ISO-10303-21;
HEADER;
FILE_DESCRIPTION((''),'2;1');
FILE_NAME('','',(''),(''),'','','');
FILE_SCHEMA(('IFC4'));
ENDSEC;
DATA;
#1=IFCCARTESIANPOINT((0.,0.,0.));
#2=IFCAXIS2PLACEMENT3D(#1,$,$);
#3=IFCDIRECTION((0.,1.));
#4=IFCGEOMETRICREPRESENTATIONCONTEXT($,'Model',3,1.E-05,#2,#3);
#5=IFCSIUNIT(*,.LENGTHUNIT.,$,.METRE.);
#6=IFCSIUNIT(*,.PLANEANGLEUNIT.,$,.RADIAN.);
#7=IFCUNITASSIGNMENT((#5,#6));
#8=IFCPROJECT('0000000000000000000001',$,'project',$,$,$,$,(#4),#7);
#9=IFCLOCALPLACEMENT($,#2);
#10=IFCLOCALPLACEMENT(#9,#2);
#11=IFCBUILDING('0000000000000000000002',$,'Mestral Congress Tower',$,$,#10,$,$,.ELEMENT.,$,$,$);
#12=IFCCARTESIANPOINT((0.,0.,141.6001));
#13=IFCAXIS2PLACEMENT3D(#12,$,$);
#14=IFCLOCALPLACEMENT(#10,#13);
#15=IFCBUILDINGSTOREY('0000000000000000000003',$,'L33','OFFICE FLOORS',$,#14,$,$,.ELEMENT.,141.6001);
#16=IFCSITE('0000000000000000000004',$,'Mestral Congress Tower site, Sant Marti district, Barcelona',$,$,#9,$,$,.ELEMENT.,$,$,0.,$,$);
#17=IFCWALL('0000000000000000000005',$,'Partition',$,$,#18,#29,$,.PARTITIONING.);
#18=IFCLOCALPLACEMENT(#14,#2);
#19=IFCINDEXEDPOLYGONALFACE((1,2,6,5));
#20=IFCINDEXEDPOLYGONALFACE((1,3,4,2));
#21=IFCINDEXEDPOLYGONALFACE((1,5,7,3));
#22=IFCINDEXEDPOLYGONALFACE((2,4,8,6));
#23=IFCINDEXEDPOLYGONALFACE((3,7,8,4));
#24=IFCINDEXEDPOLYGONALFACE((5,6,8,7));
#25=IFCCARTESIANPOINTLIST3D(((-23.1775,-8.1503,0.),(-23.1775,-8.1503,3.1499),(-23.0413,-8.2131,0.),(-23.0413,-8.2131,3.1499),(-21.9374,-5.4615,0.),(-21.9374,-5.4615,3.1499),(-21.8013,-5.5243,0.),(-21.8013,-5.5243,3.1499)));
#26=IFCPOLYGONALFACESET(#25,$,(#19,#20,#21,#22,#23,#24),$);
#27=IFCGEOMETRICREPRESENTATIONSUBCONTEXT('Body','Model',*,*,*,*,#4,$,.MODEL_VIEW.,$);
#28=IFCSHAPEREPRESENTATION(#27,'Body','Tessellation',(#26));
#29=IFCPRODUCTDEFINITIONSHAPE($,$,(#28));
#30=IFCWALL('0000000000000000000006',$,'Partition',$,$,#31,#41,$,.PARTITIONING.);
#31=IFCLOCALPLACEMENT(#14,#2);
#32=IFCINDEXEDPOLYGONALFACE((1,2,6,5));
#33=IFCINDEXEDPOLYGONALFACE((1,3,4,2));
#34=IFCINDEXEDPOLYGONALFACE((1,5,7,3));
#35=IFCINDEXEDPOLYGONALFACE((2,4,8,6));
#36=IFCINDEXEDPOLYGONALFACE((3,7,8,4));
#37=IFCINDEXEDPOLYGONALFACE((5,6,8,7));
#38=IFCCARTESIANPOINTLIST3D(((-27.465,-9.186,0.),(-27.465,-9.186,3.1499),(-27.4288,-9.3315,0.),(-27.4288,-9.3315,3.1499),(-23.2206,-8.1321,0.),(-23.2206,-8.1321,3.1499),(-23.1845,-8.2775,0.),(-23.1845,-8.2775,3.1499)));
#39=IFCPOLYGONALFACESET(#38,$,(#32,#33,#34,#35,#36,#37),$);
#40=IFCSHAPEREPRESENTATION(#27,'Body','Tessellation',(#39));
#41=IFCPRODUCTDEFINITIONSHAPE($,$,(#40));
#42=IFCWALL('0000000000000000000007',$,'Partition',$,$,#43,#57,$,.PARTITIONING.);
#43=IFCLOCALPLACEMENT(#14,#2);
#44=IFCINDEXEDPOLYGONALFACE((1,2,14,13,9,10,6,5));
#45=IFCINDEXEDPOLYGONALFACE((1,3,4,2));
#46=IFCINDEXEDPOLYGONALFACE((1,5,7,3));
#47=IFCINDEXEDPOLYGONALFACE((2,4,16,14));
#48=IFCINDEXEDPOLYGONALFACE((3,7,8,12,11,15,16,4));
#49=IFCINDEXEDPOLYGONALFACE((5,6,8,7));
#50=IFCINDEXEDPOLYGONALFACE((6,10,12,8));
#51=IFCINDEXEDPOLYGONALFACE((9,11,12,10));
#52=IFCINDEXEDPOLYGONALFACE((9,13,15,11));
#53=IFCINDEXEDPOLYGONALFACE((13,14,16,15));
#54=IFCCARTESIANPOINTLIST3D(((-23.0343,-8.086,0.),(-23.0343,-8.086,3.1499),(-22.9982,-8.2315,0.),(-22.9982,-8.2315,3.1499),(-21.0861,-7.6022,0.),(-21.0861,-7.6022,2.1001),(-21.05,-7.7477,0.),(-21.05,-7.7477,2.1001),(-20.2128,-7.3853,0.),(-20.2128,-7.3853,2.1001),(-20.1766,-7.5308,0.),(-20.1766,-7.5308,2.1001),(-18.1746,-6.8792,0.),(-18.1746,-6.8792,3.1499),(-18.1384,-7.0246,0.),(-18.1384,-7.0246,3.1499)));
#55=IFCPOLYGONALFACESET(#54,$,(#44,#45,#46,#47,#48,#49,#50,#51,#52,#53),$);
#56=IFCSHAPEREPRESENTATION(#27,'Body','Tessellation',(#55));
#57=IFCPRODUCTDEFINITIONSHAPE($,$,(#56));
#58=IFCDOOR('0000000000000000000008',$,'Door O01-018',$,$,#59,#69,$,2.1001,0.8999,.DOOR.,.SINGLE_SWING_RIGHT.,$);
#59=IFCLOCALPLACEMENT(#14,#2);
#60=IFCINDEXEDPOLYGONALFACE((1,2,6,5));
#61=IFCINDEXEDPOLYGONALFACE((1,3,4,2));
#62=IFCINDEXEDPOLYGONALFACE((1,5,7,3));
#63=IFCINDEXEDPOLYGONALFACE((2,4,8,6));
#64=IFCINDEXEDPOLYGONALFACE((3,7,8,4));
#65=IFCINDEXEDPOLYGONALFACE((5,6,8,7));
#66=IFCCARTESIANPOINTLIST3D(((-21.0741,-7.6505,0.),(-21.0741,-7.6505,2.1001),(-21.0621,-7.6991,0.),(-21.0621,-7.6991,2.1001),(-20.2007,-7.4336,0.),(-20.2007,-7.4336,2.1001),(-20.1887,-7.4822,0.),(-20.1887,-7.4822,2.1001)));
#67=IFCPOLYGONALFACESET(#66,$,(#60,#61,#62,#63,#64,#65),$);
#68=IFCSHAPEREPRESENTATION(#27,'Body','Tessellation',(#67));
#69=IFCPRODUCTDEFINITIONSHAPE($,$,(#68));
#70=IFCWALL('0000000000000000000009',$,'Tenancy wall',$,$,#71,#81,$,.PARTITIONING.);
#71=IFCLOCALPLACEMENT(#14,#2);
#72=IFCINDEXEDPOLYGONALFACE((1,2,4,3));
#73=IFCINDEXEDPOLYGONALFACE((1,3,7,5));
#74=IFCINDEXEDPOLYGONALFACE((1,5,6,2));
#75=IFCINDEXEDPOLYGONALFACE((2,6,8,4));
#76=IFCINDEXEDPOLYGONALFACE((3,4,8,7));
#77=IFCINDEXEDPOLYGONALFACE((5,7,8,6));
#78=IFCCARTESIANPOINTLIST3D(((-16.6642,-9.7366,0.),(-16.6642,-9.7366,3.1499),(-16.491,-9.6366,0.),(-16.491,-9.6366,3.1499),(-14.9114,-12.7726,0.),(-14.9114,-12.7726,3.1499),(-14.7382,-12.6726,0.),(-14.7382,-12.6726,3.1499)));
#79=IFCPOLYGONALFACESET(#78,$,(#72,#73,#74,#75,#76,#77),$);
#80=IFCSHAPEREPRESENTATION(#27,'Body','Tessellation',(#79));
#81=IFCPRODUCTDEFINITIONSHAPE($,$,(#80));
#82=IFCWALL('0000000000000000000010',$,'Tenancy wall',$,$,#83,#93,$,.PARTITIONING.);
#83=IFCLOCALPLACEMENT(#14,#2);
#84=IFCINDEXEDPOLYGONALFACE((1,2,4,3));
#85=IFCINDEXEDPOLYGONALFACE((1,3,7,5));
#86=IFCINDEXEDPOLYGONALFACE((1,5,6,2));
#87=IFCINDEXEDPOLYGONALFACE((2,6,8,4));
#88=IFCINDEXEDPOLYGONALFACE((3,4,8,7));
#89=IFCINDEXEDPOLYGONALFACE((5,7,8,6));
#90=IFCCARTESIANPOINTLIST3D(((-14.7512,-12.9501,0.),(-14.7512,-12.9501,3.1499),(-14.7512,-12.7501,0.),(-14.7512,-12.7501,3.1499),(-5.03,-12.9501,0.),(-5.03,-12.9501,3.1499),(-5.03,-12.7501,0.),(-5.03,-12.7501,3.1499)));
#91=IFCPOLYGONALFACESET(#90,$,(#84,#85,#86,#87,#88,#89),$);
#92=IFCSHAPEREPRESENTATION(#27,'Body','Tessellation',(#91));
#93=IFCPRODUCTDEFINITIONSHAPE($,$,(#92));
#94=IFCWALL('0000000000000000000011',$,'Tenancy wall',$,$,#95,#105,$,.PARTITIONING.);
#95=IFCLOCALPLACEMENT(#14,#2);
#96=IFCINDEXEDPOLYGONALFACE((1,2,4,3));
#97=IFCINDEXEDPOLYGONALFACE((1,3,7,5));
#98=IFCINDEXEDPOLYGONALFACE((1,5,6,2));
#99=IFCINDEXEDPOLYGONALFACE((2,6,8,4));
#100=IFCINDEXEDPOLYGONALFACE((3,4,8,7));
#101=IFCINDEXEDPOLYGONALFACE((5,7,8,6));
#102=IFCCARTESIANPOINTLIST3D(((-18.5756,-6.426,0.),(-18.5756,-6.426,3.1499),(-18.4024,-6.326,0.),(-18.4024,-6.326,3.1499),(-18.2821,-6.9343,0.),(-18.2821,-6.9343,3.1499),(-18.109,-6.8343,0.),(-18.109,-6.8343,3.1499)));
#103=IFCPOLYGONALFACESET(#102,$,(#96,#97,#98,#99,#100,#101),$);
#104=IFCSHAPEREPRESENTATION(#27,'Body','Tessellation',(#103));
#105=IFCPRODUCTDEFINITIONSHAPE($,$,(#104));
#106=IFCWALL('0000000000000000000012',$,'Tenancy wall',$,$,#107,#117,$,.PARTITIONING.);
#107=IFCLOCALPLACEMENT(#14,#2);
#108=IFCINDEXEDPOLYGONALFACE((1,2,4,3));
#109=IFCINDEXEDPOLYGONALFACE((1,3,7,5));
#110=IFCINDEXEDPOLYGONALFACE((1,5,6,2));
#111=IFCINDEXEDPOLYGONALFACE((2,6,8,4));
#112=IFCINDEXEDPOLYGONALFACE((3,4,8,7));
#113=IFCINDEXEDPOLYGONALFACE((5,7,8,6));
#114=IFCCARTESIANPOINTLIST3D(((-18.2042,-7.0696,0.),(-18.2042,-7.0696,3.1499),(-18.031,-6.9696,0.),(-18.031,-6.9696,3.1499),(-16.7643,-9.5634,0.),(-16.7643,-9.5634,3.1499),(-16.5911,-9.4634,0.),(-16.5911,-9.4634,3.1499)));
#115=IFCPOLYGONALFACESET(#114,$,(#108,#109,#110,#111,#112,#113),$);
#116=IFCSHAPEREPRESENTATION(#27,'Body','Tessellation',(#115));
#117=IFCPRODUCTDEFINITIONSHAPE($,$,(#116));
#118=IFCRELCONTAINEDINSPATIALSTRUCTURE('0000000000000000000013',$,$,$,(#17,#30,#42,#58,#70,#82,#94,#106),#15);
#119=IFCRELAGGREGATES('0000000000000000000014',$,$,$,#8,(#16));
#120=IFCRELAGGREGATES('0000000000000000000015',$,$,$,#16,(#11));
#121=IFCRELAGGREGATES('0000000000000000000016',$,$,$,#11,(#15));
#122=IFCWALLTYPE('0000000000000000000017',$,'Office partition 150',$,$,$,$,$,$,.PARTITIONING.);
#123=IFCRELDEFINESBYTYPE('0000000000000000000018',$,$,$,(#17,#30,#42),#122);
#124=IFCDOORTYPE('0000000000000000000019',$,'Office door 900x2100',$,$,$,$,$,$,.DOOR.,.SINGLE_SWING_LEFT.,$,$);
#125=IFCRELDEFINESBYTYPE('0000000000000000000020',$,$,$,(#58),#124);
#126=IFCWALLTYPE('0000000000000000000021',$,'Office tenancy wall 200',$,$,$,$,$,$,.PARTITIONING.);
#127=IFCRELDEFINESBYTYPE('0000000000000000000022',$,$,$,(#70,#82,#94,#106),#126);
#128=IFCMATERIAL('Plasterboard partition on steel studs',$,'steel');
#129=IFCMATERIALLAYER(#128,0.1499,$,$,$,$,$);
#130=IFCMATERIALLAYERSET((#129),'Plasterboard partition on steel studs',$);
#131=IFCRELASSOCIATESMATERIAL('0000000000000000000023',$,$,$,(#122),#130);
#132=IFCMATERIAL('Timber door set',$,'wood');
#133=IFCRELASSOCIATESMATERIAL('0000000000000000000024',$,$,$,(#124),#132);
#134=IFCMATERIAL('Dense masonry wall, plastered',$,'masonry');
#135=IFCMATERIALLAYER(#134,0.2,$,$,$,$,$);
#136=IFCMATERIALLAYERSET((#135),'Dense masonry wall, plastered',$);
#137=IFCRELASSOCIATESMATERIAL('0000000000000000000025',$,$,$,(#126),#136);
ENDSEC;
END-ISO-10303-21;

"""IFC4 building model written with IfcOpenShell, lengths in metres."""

from ifc_helpers import new_model, si_unit, direction, frame, frame_2d, origin, place, context, subcontext, project, spatial, rectangle, extrude, material, layer, layer_set, type_object, element, fill, save


model = new_model("IFC4")

# Units and contexts
model_context = context("Model", 3, precision=1e-05, world=origin(), true_north=direction((0.0, 1.0)))
body_context = subcontext(model_context, "Body", "Model", "MODEL_VIEW")
ifc_project = project(units=[si_unit("LENGTHUNIT", "METRE"), si_unit("PLANEANGLEUNIT", "RADIAN")], contexts=[model_context])

# Site, building, storey
site_placement = place(None, origin())
site = spatial("IfcSite", under=ifc_project, at=site_placement, Name="Mestral Congress Tower site, Sant Marti district, Barcelona", CompositionType="ELEMENT", RefElevation=0.0)
building_placement = place(site_placement, origin())
building = spatial("IfcBuilding", under=site, at=building_placement, Name="Mestral Congress Tower", CompositionType="ELEMENT")
storey_placement = place(building_placement, frame((0.0, 0.0, 141.6001)))
storey = spatial("IfcBuildingStorey", under=building, at=storey_placement, Name="L33", Description="OFFICE FLOORS", CompositionType="ELEMENT", Elevation=141.6001)

# Shared definitions
ifc_material_1 = material(Name="Plasterboard partition on steel studs", Category="steel")
ifc_layer_1 = layer(ifc_material_1, 0.1499)
ifc_layer_set_1 = layer_set([ifc_layer_1], Name="Plasterboard partition on steel studs")
wall_type_1 = type_object("IfcWallType", Name="Office partition 150", PredefinedType="PARTITIONING", material=ifc_layer_set_1)
ifc_material_2 = material(Name="Timber door set", Category="wood")
door_type = type_object("IfcDoorType", Name="Office door 900x2100", OperationType="SINGLE_SWING_LEFT", PredefinedType="DOOR", material=ifc_material_2)

# Walls
wall_1_placement = place(storey_placement, frame((-21.8694, -5.4929, 0.0), z_axis=(0.0, 0.0, 1.0), x_axis=(-0.418791, -0.908082, 0.0)))
element("IfcWall", 1, at=wall_1_placement, inside=storey, type_object=wall_type_1, Name="Partition", PredefinedType="PARTITIONING", context=body_context, shape_type="SweptSolid", body=[
    extrude(rectangle(XDim=2.9609, YDim=0.1499, at=frame_2d((1.4805, 0.0))), origin(), (0.0, 0.0, 1.0), 3.1499),
])
wall_2_placement = place(storey_placement, frame((-23.2026, -8.2048, 0.0), z_axis=(0.0, 0.0, 1.0), x_axis=(-0.970525, -0.240998, 0.0)))
element("IfcWall", 2, at=wall_2_placement, inside=storey, type_object=wall_type_1, Name="Partition", PredefinedType="PARTITIONING", context=body_context, shape_type="SweptSolid", body=[
    extrude(rectangle(XDim=4.3733, YDim=0.1499, at=frame_2d((2.1865, 0.0))), origin(), (0.0, 0.0, 1.0), 3.1499),
])

# Wall, opening, door
wall_3_placement = place(storey_placement, frame((-18.1565, -6.9519, 0.0), z_axis=(0.0, 0.0, 1.0), x_axis=(-0.970523, -0.241009, 0.0)))
wall_3 = element("IfcWall", 3, at=wall_3_placement, inside=storey, type_object=wall_type_1, Name="Partition", PredefinedType="PARTITIONING", context=body_context, shape_type="SweptSolid", body=[
    extrude(rectangle(XDim=5.0073, YDim=0.1499, at=frame_2d((2.5037, 0.0))), origin(), (0.0, 0.0, 1.0), 3.1499),
])
opening_1_placement = place(wall_3_placement, frame((2.1001, 0.0, 0.0)))
opening_1 = element("IfcOpeningElement", 4, at=opening_1_placement, cuts=wall_3, PredefinedType="OPENING", context=body_context, shape_type="SweptSolid", body=[
    extrude(rectangle(XDim=0.8999, YDim=2.1001, at=frame_2d((0.45, 1.05))), frame((0.0, 0.085, 0.0), z_axis=(0.0, -1.0, 0.0), x_axis=(1.0, 0.0, 0.0)), (0.0, 0.0, 1.0), 0.1699),
])
door_1_placement = place(opening_1_placement, origin())
door_1 = element("IfcDoor", 5, at=door_1_placement, inside=storey, type_object=door_type, Name="Door O01-018", OperationType="SINGLE_SWING_RIGHT", OverallHeight=2.1001, OverallWidth=0.8999, PredefinedType="DOOR", context=body_context, shape_type="SweptSolid", body=[
    extrude(rectangle(XDim=0.8999, YDim=2.1001, at=frame_2d((0.45, 1.05))), frame((0.0, 0.0249, 0.0), z_axis=(0.0, -1.0, 0.0), x_axis=(1.0, 0.0, 0.0)), (0.0, 0.0, 1.0), 0.05),
])
fill(opening_1, door_1)

# Walls
ifc_material_3 = material(Name="Dense masonry wall, plastered", Category="masonry")
ifc_layer_2 = layer(ifc_material_3, 0.2)
ifc_layer_set_2 = layer_set([ifc_layer_2], Name="Dense masonry wall, plastered")
wall_type_2 = type_object("IfcWallType", Name="Office tenancy wall 200", PredefinedType="PARTITIONING", material=ifc_layer_set_2)
wall_4_placement = place(storey_placement, frame((-16.5776, -9.6865, 0.0), z_axis=(0.0, 0.0, 1.0), x_axis=(0.499982, -0.866036, 0.0)))
element("IfcWall", 6, at=wall_4_placement, inside=storey, type_object=wall_type_2, Name="Tenancy wall", PredefinedType="PARTITIONING", context=body_context, shape_type="SweptSolid", body=[
    extrude(rectangle(XDim=3.5056, YDim=0.2, at=frame_2d((1.7529, 0.0))), origin(), (0.0, 0.0, 1.0), 3.1499),
])
wall_5_placement = place(storey_placement, frame((-14.7512, -12.8501, 0.0), z_axis=(0.0, 0.0, 1.0), x_axis=(1.0, 0.0, 0.0)))
element("IfcWall", 7, at=wall_5_placement, inside=storey, type_object=wall_type_2, Name="Tenancy wall", PredefinedType="PARTITIONING", context=body_context, shape_type="SweptSolid", body=[
    extrude(rectangle(XDim=9.7212, YDim=0.2, at=frame_2d((4.8606, 0.0))), origin(), (0.0, 0.0, 1.0), 3.1499),
])
wall_6_placement = place(storey_placement, frame((-18.489, -6.376, 0.0), z_axis=(0.0, 0.0, 1.0), x_axis=(0.499987, -0.866033, 0.0)))
element("IfcWall", 8, at=wall_6_placement, inside=storey, type_object=wall_type_2, Name="Tenancy wall", PredefinedType="PARTITIONING", context=body_context, shape_type="SweptSolid", body=[
    extrude(rectangle(XDim=0.5869, YDim=0.2, at=frame_2d((0.2935, 0.0))), origin(), (0.0, 0.0, 1.0), 3.1499),
])
wall_7_placement = place(storey_placement, frame((-18.1177, -7.0195, 0.0), z_axis=(0.0, 0.0, 1.0), x_axis=(0.500023, -0.866012, 0.0)))
element("IfcWall", 9, at=wall_7_placement, inside=storey, type_object=wall_type_2, Name="Tenancy wall", PredefinedType="PARTITIONING", context=body_context, shape_type="SweptSolid", body=[
    extrude(rectangle(XDim=2.8796, YDim=0.2, at=frame_2d((1.4399, 0.0))), origin(), (0.0, 0.0, 1.0), 3.1499),
])

save(model, "model.ifc")
